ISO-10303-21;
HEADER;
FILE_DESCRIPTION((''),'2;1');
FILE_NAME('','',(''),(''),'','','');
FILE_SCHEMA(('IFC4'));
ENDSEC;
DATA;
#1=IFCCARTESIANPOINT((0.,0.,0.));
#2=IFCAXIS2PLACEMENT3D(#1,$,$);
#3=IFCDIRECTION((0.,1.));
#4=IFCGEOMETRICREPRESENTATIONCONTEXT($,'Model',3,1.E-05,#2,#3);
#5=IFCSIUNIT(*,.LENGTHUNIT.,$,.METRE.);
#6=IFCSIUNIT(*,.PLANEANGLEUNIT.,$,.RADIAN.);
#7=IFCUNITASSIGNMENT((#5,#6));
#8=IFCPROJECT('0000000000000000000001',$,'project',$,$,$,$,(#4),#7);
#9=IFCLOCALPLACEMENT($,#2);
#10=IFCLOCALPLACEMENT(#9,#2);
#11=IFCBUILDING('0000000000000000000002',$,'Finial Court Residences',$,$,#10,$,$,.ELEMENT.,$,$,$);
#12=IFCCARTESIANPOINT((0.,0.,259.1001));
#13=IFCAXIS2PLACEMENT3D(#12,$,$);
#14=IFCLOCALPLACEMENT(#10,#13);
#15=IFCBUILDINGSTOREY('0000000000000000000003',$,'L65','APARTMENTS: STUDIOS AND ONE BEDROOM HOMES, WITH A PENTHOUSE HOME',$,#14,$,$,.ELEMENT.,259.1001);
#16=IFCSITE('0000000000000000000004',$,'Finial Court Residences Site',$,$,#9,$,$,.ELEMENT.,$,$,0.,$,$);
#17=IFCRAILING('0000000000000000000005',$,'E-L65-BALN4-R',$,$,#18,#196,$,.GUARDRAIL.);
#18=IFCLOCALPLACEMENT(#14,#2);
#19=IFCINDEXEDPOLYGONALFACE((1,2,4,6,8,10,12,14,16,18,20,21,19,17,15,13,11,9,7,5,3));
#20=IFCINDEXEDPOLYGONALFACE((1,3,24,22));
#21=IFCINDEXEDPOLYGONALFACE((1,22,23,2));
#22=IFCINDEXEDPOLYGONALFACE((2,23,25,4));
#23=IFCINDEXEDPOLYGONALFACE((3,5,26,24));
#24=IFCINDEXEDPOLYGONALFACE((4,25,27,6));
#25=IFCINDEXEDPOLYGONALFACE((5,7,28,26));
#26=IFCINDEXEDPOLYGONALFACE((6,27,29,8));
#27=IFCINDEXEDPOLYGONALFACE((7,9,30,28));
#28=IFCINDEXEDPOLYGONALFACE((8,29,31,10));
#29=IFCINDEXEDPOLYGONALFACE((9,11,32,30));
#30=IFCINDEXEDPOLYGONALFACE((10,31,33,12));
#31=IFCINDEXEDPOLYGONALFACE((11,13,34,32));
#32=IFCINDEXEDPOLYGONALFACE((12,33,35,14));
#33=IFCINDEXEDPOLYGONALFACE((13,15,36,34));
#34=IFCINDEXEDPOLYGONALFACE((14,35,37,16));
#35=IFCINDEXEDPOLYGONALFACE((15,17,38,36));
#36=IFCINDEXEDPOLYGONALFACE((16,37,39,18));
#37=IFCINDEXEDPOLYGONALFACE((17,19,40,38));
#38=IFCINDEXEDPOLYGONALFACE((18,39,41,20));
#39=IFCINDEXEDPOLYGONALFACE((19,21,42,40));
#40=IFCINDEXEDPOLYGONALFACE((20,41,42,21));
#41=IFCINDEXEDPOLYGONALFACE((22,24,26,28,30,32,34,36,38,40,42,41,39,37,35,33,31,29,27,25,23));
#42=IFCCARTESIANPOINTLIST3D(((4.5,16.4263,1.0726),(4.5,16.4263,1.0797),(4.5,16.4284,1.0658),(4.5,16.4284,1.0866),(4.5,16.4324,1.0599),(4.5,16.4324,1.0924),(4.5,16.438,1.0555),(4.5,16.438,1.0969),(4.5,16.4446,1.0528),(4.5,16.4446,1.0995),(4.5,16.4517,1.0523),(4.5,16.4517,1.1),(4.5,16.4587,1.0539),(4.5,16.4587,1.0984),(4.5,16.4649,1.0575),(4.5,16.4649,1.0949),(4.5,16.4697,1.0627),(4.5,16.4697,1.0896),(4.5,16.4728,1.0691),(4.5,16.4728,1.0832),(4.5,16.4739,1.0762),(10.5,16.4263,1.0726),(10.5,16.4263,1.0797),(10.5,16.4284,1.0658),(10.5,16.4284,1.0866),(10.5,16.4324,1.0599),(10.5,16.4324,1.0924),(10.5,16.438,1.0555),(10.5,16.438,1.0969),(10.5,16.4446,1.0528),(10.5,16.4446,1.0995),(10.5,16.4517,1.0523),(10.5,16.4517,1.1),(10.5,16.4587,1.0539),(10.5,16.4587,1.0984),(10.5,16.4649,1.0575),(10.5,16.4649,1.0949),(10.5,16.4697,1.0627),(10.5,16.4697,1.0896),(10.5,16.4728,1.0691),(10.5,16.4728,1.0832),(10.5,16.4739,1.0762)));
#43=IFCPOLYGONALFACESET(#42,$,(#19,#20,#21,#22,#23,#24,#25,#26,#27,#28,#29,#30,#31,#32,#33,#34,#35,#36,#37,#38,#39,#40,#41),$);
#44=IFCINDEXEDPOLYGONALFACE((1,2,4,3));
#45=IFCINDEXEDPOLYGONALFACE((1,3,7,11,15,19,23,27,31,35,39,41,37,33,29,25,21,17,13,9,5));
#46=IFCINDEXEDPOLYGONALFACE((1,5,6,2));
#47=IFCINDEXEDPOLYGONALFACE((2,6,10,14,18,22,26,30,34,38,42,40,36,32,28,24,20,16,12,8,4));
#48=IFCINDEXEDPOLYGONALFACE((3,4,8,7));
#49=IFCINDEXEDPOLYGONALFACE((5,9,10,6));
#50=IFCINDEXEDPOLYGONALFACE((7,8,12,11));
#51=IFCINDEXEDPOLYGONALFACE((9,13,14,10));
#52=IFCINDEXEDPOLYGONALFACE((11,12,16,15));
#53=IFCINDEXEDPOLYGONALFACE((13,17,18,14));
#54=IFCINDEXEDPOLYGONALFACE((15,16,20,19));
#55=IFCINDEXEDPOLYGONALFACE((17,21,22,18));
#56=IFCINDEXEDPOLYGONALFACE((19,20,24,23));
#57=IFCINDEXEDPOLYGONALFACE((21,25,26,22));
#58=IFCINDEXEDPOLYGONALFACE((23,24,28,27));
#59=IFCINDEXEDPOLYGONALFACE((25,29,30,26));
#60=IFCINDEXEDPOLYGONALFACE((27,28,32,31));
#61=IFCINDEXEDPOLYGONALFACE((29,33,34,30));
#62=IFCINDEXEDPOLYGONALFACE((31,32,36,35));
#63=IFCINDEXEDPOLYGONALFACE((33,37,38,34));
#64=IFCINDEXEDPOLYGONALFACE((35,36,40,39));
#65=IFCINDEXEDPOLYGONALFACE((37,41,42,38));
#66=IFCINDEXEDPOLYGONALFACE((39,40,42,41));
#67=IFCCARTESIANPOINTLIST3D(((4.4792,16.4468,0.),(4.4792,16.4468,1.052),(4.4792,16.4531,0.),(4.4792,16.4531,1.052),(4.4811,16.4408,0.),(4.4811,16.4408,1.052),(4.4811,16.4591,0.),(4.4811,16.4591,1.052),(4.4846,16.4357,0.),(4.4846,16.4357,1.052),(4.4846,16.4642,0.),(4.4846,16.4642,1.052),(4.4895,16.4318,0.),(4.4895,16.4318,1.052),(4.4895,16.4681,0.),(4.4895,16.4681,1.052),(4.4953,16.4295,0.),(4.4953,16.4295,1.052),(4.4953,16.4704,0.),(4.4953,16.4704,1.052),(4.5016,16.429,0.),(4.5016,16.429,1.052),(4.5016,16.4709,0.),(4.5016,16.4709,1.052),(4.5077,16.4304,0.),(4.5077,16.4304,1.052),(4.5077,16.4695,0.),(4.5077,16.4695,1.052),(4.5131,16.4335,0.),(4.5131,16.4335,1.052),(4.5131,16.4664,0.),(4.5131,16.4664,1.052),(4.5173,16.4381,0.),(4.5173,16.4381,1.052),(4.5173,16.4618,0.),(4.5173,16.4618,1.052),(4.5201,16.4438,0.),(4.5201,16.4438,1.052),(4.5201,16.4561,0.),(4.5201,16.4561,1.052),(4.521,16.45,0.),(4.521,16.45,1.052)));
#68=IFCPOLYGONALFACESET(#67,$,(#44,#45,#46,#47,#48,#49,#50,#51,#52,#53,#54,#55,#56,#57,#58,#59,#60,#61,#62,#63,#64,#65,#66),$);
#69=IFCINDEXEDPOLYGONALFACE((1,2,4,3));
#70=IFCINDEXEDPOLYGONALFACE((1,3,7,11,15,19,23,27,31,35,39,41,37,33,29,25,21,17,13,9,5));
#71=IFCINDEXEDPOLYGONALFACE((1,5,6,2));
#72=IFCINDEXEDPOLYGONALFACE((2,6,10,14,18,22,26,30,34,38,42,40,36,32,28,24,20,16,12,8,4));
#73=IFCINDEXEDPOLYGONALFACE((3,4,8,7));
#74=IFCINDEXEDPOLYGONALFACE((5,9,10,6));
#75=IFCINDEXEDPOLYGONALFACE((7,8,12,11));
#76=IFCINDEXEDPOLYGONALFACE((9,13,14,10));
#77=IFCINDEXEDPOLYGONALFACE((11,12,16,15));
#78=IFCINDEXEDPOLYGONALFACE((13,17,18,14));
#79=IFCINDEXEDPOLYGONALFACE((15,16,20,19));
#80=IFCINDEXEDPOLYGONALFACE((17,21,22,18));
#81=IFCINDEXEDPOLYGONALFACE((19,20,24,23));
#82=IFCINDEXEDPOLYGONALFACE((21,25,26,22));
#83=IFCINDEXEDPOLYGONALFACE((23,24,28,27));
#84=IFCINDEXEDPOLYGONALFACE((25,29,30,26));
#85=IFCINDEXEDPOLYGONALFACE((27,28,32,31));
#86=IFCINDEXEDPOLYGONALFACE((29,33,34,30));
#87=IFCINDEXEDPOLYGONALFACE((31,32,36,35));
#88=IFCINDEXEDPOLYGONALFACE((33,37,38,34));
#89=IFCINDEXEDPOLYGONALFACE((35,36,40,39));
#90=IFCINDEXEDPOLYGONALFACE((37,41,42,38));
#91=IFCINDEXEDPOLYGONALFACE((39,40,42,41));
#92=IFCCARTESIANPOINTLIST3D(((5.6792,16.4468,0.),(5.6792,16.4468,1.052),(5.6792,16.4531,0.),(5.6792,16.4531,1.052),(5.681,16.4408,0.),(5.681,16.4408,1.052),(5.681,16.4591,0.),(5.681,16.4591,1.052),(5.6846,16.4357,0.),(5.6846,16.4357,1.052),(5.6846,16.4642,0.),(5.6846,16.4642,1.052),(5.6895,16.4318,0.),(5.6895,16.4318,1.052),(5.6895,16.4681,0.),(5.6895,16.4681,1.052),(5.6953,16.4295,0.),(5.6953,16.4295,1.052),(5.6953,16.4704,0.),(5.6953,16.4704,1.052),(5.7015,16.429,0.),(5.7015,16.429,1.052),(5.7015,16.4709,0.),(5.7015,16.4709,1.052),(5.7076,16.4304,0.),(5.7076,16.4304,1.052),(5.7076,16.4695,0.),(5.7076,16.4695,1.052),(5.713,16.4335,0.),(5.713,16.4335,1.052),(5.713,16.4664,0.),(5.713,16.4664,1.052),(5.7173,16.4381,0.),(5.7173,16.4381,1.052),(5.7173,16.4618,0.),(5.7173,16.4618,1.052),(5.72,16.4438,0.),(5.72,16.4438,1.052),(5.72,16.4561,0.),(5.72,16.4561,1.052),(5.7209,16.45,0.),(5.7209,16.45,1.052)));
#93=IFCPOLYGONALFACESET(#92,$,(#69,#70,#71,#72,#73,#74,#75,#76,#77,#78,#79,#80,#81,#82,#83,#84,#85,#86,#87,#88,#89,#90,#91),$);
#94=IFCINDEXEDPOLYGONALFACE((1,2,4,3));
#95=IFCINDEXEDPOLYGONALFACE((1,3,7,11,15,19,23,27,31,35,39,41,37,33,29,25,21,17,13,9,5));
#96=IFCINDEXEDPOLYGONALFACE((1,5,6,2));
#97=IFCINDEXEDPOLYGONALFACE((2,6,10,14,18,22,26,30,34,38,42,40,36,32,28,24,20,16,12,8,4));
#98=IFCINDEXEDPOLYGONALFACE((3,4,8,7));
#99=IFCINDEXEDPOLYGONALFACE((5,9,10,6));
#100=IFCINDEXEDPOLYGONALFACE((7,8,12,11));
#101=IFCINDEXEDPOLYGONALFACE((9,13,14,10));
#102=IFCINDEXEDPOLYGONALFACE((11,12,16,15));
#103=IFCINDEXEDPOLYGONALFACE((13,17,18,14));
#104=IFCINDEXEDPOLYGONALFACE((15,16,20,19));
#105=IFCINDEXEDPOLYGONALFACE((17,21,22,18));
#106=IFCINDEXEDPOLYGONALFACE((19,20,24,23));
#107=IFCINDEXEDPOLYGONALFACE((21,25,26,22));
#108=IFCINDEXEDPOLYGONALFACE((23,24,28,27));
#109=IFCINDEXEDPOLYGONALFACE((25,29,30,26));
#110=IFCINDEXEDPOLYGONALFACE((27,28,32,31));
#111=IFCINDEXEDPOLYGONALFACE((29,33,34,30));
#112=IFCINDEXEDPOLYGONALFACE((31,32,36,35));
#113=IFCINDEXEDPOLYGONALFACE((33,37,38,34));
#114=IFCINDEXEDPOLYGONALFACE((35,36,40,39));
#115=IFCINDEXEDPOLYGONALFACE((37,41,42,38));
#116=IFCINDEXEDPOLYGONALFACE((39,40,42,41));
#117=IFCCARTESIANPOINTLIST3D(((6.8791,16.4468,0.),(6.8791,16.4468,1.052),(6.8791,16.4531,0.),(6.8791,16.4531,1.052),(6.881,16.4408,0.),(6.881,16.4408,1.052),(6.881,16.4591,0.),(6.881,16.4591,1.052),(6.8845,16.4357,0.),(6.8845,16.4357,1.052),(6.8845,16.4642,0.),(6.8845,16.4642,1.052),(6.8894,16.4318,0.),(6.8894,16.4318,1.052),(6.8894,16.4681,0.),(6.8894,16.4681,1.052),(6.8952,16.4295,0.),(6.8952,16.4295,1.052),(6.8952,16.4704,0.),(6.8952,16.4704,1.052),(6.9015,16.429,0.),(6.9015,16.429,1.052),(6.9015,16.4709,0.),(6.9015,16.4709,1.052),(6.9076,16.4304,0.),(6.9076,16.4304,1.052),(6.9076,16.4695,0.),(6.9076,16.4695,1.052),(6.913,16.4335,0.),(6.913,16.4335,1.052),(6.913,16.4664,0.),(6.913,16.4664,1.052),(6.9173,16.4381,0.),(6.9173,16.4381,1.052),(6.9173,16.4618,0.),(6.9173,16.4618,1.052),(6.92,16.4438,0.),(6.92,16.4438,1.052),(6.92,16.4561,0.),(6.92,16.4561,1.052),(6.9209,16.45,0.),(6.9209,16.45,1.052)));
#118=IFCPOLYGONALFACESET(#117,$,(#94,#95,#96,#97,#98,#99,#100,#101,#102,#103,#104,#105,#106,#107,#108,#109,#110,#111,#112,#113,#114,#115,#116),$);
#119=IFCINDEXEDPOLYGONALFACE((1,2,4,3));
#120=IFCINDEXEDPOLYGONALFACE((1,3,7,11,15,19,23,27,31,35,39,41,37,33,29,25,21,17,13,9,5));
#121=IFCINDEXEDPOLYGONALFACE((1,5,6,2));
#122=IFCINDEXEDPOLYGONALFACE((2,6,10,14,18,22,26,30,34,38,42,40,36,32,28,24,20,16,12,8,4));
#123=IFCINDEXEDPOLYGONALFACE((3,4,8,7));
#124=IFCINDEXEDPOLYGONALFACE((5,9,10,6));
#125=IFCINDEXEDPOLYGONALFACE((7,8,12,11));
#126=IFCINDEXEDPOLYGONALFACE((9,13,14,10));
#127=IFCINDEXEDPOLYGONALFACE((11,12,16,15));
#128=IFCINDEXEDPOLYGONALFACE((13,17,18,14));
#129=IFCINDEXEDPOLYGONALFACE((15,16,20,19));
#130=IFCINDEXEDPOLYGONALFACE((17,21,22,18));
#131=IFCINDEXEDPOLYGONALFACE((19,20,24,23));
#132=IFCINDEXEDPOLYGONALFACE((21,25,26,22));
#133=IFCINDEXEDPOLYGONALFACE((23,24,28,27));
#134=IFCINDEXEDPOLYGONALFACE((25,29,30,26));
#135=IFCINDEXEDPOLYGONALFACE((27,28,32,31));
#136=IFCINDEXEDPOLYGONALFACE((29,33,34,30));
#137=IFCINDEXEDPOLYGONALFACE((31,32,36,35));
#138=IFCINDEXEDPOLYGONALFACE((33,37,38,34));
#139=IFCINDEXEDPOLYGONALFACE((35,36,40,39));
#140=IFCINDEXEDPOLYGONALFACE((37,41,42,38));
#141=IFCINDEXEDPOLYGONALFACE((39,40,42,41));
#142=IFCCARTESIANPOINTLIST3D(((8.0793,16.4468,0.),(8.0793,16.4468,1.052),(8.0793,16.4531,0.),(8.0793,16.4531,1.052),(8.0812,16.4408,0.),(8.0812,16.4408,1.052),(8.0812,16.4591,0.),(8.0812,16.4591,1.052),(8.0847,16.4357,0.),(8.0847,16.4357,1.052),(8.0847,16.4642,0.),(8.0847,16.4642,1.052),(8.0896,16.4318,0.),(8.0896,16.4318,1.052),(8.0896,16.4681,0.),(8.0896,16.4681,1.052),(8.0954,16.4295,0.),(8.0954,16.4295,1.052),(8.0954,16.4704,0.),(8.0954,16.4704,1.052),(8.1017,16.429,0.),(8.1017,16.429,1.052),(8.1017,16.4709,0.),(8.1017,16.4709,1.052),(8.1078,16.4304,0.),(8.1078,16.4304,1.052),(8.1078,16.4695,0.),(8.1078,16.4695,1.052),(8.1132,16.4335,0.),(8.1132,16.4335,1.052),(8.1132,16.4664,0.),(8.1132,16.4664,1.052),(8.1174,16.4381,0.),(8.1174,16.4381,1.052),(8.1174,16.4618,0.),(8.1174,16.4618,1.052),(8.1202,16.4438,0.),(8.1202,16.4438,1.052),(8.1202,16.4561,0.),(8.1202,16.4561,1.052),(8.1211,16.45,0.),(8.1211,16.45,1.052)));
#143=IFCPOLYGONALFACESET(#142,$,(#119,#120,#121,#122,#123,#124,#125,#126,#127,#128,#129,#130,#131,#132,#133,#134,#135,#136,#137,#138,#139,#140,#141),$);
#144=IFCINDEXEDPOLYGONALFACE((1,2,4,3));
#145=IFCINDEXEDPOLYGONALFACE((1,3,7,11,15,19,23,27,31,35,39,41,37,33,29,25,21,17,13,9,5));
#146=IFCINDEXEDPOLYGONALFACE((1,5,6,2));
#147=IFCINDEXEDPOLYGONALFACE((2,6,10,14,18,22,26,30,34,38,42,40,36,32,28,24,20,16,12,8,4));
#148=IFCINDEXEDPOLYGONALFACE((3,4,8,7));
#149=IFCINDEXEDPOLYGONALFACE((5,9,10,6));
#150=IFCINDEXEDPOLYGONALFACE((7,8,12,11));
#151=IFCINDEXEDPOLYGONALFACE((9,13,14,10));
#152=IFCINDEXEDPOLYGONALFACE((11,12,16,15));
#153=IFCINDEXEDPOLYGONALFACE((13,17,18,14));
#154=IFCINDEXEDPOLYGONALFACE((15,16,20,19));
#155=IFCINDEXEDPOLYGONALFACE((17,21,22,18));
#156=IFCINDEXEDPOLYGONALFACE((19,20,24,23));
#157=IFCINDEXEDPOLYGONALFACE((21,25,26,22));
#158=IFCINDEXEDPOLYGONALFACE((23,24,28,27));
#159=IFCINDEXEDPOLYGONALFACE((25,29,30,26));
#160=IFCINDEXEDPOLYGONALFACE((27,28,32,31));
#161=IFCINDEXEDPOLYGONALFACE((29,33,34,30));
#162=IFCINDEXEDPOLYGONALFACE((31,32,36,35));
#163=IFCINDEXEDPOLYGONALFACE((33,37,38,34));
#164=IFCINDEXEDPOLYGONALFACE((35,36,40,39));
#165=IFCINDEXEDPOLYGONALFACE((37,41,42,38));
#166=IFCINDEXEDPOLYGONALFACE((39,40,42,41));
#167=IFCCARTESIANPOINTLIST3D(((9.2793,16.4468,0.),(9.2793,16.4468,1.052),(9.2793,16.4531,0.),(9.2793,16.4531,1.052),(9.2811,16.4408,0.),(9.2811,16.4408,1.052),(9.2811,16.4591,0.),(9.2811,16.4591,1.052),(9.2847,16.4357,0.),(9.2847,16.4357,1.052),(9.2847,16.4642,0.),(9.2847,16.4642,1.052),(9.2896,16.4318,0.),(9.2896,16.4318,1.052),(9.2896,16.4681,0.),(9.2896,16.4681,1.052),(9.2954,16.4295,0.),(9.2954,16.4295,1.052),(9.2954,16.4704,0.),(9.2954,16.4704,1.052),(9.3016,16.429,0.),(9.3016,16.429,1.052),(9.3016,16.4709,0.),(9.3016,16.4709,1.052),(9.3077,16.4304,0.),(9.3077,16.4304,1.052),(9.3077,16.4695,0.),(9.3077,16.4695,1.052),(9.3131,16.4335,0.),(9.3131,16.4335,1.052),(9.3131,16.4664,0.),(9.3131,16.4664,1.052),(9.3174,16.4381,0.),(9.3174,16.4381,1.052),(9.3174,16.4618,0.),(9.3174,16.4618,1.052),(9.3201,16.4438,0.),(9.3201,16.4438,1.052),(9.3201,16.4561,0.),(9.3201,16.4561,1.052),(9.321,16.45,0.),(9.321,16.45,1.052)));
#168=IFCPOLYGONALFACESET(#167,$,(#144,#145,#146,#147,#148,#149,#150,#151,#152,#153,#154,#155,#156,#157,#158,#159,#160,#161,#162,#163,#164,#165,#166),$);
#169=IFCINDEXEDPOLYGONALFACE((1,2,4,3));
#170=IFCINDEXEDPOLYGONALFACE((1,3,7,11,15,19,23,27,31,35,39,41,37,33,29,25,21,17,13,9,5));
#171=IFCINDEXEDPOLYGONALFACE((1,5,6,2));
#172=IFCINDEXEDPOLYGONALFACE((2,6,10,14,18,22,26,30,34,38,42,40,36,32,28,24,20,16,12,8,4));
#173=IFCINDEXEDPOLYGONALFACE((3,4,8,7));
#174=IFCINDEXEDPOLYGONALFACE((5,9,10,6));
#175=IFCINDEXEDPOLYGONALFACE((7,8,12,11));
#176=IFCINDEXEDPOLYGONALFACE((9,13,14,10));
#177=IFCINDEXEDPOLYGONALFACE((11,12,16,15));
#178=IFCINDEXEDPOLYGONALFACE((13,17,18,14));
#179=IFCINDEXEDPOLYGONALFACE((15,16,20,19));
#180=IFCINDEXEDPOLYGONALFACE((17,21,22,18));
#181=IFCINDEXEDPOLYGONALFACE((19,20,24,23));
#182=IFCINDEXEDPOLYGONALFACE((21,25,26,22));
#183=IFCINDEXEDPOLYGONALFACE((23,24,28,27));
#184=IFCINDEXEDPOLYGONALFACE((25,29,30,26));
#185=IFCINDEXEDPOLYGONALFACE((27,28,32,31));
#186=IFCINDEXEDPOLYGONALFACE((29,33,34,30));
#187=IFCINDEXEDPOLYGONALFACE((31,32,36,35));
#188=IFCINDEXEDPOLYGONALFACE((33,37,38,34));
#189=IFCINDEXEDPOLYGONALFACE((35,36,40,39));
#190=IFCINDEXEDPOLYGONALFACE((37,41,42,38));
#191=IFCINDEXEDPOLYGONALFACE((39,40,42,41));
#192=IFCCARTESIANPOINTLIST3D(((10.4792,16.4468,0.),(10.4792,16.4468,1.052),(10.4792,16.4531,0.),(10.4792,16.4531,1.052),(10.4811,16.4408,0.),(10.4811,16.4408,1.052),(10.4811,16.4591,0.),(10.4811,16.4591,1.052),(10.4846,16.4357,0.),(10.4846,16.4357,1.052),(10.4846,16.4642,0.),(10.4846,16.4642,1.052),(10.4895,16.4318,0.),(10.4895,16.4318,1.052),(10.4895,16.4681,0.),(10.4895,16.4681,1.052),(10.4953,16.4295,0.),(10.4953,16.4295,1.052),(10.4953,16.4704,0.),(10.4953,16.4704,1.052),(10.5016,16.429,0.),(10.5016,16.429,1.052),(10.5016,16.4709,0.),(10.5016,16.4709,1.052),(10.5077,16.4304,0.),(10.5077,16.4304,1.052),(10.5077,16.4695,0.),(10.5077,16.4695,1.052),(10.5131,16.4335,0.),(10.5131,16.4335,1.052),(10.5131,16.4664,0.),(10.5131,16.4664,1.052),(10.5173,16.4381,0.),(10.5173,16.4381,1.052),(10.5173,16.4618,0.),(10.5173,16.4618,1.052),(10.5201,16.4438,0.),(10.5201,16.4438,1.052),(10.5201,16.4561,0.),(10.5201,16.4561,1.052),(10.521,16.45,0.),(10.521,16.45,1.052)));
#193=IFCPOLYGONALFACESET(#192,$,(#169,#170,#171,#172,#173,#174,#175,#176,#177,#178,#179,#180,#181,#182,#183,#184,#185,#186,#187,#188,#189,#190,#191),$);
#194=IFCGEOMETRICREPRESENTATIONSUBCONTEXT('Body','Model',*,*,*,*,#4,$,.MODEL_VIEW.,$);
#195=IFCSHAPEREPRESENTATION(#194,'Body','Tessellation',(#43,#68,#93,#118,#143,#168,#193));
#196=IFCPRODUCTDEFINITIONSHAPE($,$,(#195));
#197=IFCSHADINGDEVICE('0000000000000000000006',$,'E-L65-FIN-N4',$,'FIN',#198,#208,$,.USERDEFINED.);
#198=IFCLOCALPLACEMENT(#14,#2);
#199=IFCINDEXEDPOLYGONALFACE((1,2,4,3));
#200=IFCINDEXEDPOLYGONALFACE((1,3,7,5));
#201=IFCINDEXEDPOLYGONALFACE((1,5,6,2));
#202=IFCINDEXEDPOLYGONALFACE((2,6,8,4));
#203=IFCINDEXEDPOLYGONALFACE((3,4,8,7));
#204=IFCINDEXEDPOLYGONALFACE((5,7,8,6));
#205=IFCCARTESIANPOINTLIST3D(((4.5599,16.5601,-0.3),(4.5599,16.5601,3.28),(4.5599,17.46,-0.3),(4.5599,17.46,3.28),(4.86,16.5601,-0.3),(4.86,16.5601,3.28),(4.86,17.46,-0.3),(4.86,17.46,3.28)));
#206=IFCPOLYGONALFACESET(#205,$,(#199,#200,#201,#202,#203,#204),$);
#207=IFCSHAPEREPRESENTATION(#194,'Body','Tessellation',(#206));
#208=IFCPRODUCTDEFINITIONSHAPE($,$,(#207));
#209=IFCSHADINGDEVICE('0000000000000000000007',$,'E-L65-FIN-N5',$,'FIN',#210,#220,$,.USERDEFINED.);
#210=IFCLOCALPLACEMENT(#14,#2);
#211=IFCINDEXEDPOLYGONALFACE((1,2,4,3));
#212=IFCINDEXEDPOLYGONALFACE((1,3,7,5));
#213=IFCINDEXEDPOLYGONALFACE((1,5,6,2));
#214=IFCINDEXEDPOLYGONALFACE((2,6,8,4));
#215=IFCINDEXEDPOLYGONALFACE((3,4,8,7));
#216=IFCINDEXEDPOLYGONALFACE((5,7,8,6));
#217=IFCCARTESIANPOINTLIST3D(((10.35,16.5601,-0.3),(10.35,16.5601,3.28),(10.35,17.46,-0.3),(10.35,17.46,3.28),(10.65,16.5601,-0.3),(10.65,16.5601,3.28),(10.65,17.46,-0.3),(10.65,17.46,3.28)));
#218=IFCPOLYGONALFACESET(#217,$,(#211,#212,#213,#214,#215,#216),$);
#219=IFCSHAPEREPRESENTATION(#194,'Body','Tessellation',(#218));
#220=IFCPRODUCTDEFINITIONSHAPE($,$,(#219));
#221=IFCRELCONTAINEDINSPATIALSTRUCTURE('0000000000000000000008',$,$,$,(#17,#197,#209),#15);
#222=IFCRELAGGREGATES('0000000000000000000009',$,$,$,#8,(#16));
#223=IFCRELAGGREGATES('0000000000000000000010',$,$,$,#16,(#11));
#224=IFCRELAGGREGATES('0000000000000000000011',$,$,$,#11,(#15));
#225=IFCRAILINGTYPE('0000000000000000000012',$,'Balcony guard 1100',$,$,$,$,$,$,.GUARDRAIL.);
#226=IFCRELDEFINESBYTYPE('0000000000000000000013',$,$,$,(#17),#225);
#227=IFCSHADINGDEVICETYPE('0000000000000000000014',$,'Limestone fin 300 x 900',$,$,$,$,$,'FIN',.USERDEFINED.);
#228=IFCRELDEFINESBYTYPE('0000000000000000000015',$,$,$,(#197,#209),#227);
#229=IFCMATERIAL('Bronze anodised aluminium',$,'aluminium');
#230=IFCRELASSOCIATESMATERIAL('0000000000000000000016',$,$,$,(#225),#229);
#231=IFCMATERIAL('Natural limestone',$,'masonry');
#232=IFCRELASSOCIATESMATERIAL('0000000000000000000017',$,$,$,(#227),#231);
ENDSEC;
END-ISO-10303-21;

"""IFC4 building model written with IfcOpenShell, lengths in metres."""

from ifc_helpers import new_model, si_unit, direction, frame, origin, origin_2d, place, context, subcontext, project, spatial, rectangle, circle, extrude, material, type_object, element, save


model = new_model("IFC4")

# Units and contexts
model_context = context("Model", 3, precision=1e-05, world=origin(), true_north=direction((0.0, 1.0)))
body_context = subcontext(model_context, "Body", "Model", "MODEL_VIEW")
ifc_project = project(units=[si_unit("LENGTHUNIT", "METRE"), si_unit("PLANEANGLEUNIT", "RADIAN")], contexts=[model_context])

# Site, building, storey
site_placement = place(None, origin())
site = spatial("IfcSite", under=ifc_project, at=site_placement, Name="Finial Court Residences Site", CompositionType="ELEMENT", RefElevation=0.0)
building_placement = place(site_placement, origin())
building = spatial("IfcBuilding", under=site, at=building_placement, Name="Finial Court Residences", CompositionType="ELEMENT")
storey_placement = place(building_placement, frame((0.0, 0.0, 259.1001)))
storey = spatial("IfcBuildingStorey", under=building, at=storey_placement, Name="L65", Description="APARTMENTS: STUDIOS AND ONE BEDROOM HOMES, WITH A PENTHOUSE HOME", CompositionType="ELEMENT", Elevation=259.1001)

# Shared definitions
ifc_material_1 = material(Name="Bronze anodised aluminium", Category="aluminium")

# Shared definitions
ifc_material_2 = material(Name="Natural limestone", Category="masonry")

# Railing
railing_type = type_object("IfcRailingType", Name="Balcony guard 1100", PredefinedType="GUARDRAIL", material=ifc_material_1)
railing_placement = place(storey_placement, frame((4.5, 16.45, 0.0)))
element("IfcRailing", 1, at=railing_placement, inside=storey, type_object=railing_type, Name="E-L65-BALN4-R", PredefinedType="GUARDRAIL", context=body_context, shape_type="SweptSolid", body=[
    extrude(circle(Radius=0.0239, at=origin_2d()), frame((0.0, 0.0, 1.0762), z_axis=(1.0, 0.0, 0.0), x_axis=(0.0, 1.0, 0.0)), (0.0, 0.0, 1.0), 6.0),
    extrude(circle(Radius=0.021, at=origin_2d()), origin(), (0.0, 0.0, 1.0), 1.052),
    extrude(circle(Radius=0.021, at=origin_2d()), frame((1.2, 0.0, 0.0)), (0.0, 0.0, 1.0), 1.052),
    extrude(circle(Radius=0.021, at=origin_2d()), frame((2.3999, 0.0, 0.0)), (0.0, 0.0, 1.0), 1.052),
    extrude(circle(Radius=0.021, at=origin_2d()), frame((3.6001, 0.0, 0.0)), (0.0, 0.0, 1.0), 1.052),
    extrude(circle(Radius=0.021, at=origin_2d()), frame((4.8, 0.0, 0.0)), (0.0, 0.0, 1.0), 1.052),
    extrude(circle(Radius=0.021, at=origin_2d()), frame((6.0, 0.0, 0.0)), (0.0, 0.0, 1.0), 1.052),
])

# Shading devices
shading_device_type = type_object("IfcShadingDeviceType", Name="Limestone fin 300 x 900", ElementType="FIN", PredefinedType="USERDEFINED", material=ifc_material_2)
for number, where, z_axis, x_axis, name in (
    (2, (4.71, 17.01, -0.3), (0.0, 0.0, 1.0), (1.0, 0.0, 0.0), "E-L65-FIN-N4"),
    (3, (10.5, 17.01, -0.3), (0.0, 0.0, 1.0), (1.0, 0.0, 0.0), "E-L65-FIN-N5"),
):
    element("IfcShadingDevice", number, at=place(storey_placement, frame(where, z_axis=z_axis, x_axis=x_axis)), inside=storey, type_object=shading_device_type, Name=name, ObjectType="FIN", PredefinedType="USERDEFINED", context=body_context, shape_type="SweptSolid", body=[
        extrude(rectangle(XDim=0.3, YDim=0.8999, at=origin_2d()), origin(), (0.0, 0.0, 1.0), 3.5801),
    ])

save(model, "model.ifc")
